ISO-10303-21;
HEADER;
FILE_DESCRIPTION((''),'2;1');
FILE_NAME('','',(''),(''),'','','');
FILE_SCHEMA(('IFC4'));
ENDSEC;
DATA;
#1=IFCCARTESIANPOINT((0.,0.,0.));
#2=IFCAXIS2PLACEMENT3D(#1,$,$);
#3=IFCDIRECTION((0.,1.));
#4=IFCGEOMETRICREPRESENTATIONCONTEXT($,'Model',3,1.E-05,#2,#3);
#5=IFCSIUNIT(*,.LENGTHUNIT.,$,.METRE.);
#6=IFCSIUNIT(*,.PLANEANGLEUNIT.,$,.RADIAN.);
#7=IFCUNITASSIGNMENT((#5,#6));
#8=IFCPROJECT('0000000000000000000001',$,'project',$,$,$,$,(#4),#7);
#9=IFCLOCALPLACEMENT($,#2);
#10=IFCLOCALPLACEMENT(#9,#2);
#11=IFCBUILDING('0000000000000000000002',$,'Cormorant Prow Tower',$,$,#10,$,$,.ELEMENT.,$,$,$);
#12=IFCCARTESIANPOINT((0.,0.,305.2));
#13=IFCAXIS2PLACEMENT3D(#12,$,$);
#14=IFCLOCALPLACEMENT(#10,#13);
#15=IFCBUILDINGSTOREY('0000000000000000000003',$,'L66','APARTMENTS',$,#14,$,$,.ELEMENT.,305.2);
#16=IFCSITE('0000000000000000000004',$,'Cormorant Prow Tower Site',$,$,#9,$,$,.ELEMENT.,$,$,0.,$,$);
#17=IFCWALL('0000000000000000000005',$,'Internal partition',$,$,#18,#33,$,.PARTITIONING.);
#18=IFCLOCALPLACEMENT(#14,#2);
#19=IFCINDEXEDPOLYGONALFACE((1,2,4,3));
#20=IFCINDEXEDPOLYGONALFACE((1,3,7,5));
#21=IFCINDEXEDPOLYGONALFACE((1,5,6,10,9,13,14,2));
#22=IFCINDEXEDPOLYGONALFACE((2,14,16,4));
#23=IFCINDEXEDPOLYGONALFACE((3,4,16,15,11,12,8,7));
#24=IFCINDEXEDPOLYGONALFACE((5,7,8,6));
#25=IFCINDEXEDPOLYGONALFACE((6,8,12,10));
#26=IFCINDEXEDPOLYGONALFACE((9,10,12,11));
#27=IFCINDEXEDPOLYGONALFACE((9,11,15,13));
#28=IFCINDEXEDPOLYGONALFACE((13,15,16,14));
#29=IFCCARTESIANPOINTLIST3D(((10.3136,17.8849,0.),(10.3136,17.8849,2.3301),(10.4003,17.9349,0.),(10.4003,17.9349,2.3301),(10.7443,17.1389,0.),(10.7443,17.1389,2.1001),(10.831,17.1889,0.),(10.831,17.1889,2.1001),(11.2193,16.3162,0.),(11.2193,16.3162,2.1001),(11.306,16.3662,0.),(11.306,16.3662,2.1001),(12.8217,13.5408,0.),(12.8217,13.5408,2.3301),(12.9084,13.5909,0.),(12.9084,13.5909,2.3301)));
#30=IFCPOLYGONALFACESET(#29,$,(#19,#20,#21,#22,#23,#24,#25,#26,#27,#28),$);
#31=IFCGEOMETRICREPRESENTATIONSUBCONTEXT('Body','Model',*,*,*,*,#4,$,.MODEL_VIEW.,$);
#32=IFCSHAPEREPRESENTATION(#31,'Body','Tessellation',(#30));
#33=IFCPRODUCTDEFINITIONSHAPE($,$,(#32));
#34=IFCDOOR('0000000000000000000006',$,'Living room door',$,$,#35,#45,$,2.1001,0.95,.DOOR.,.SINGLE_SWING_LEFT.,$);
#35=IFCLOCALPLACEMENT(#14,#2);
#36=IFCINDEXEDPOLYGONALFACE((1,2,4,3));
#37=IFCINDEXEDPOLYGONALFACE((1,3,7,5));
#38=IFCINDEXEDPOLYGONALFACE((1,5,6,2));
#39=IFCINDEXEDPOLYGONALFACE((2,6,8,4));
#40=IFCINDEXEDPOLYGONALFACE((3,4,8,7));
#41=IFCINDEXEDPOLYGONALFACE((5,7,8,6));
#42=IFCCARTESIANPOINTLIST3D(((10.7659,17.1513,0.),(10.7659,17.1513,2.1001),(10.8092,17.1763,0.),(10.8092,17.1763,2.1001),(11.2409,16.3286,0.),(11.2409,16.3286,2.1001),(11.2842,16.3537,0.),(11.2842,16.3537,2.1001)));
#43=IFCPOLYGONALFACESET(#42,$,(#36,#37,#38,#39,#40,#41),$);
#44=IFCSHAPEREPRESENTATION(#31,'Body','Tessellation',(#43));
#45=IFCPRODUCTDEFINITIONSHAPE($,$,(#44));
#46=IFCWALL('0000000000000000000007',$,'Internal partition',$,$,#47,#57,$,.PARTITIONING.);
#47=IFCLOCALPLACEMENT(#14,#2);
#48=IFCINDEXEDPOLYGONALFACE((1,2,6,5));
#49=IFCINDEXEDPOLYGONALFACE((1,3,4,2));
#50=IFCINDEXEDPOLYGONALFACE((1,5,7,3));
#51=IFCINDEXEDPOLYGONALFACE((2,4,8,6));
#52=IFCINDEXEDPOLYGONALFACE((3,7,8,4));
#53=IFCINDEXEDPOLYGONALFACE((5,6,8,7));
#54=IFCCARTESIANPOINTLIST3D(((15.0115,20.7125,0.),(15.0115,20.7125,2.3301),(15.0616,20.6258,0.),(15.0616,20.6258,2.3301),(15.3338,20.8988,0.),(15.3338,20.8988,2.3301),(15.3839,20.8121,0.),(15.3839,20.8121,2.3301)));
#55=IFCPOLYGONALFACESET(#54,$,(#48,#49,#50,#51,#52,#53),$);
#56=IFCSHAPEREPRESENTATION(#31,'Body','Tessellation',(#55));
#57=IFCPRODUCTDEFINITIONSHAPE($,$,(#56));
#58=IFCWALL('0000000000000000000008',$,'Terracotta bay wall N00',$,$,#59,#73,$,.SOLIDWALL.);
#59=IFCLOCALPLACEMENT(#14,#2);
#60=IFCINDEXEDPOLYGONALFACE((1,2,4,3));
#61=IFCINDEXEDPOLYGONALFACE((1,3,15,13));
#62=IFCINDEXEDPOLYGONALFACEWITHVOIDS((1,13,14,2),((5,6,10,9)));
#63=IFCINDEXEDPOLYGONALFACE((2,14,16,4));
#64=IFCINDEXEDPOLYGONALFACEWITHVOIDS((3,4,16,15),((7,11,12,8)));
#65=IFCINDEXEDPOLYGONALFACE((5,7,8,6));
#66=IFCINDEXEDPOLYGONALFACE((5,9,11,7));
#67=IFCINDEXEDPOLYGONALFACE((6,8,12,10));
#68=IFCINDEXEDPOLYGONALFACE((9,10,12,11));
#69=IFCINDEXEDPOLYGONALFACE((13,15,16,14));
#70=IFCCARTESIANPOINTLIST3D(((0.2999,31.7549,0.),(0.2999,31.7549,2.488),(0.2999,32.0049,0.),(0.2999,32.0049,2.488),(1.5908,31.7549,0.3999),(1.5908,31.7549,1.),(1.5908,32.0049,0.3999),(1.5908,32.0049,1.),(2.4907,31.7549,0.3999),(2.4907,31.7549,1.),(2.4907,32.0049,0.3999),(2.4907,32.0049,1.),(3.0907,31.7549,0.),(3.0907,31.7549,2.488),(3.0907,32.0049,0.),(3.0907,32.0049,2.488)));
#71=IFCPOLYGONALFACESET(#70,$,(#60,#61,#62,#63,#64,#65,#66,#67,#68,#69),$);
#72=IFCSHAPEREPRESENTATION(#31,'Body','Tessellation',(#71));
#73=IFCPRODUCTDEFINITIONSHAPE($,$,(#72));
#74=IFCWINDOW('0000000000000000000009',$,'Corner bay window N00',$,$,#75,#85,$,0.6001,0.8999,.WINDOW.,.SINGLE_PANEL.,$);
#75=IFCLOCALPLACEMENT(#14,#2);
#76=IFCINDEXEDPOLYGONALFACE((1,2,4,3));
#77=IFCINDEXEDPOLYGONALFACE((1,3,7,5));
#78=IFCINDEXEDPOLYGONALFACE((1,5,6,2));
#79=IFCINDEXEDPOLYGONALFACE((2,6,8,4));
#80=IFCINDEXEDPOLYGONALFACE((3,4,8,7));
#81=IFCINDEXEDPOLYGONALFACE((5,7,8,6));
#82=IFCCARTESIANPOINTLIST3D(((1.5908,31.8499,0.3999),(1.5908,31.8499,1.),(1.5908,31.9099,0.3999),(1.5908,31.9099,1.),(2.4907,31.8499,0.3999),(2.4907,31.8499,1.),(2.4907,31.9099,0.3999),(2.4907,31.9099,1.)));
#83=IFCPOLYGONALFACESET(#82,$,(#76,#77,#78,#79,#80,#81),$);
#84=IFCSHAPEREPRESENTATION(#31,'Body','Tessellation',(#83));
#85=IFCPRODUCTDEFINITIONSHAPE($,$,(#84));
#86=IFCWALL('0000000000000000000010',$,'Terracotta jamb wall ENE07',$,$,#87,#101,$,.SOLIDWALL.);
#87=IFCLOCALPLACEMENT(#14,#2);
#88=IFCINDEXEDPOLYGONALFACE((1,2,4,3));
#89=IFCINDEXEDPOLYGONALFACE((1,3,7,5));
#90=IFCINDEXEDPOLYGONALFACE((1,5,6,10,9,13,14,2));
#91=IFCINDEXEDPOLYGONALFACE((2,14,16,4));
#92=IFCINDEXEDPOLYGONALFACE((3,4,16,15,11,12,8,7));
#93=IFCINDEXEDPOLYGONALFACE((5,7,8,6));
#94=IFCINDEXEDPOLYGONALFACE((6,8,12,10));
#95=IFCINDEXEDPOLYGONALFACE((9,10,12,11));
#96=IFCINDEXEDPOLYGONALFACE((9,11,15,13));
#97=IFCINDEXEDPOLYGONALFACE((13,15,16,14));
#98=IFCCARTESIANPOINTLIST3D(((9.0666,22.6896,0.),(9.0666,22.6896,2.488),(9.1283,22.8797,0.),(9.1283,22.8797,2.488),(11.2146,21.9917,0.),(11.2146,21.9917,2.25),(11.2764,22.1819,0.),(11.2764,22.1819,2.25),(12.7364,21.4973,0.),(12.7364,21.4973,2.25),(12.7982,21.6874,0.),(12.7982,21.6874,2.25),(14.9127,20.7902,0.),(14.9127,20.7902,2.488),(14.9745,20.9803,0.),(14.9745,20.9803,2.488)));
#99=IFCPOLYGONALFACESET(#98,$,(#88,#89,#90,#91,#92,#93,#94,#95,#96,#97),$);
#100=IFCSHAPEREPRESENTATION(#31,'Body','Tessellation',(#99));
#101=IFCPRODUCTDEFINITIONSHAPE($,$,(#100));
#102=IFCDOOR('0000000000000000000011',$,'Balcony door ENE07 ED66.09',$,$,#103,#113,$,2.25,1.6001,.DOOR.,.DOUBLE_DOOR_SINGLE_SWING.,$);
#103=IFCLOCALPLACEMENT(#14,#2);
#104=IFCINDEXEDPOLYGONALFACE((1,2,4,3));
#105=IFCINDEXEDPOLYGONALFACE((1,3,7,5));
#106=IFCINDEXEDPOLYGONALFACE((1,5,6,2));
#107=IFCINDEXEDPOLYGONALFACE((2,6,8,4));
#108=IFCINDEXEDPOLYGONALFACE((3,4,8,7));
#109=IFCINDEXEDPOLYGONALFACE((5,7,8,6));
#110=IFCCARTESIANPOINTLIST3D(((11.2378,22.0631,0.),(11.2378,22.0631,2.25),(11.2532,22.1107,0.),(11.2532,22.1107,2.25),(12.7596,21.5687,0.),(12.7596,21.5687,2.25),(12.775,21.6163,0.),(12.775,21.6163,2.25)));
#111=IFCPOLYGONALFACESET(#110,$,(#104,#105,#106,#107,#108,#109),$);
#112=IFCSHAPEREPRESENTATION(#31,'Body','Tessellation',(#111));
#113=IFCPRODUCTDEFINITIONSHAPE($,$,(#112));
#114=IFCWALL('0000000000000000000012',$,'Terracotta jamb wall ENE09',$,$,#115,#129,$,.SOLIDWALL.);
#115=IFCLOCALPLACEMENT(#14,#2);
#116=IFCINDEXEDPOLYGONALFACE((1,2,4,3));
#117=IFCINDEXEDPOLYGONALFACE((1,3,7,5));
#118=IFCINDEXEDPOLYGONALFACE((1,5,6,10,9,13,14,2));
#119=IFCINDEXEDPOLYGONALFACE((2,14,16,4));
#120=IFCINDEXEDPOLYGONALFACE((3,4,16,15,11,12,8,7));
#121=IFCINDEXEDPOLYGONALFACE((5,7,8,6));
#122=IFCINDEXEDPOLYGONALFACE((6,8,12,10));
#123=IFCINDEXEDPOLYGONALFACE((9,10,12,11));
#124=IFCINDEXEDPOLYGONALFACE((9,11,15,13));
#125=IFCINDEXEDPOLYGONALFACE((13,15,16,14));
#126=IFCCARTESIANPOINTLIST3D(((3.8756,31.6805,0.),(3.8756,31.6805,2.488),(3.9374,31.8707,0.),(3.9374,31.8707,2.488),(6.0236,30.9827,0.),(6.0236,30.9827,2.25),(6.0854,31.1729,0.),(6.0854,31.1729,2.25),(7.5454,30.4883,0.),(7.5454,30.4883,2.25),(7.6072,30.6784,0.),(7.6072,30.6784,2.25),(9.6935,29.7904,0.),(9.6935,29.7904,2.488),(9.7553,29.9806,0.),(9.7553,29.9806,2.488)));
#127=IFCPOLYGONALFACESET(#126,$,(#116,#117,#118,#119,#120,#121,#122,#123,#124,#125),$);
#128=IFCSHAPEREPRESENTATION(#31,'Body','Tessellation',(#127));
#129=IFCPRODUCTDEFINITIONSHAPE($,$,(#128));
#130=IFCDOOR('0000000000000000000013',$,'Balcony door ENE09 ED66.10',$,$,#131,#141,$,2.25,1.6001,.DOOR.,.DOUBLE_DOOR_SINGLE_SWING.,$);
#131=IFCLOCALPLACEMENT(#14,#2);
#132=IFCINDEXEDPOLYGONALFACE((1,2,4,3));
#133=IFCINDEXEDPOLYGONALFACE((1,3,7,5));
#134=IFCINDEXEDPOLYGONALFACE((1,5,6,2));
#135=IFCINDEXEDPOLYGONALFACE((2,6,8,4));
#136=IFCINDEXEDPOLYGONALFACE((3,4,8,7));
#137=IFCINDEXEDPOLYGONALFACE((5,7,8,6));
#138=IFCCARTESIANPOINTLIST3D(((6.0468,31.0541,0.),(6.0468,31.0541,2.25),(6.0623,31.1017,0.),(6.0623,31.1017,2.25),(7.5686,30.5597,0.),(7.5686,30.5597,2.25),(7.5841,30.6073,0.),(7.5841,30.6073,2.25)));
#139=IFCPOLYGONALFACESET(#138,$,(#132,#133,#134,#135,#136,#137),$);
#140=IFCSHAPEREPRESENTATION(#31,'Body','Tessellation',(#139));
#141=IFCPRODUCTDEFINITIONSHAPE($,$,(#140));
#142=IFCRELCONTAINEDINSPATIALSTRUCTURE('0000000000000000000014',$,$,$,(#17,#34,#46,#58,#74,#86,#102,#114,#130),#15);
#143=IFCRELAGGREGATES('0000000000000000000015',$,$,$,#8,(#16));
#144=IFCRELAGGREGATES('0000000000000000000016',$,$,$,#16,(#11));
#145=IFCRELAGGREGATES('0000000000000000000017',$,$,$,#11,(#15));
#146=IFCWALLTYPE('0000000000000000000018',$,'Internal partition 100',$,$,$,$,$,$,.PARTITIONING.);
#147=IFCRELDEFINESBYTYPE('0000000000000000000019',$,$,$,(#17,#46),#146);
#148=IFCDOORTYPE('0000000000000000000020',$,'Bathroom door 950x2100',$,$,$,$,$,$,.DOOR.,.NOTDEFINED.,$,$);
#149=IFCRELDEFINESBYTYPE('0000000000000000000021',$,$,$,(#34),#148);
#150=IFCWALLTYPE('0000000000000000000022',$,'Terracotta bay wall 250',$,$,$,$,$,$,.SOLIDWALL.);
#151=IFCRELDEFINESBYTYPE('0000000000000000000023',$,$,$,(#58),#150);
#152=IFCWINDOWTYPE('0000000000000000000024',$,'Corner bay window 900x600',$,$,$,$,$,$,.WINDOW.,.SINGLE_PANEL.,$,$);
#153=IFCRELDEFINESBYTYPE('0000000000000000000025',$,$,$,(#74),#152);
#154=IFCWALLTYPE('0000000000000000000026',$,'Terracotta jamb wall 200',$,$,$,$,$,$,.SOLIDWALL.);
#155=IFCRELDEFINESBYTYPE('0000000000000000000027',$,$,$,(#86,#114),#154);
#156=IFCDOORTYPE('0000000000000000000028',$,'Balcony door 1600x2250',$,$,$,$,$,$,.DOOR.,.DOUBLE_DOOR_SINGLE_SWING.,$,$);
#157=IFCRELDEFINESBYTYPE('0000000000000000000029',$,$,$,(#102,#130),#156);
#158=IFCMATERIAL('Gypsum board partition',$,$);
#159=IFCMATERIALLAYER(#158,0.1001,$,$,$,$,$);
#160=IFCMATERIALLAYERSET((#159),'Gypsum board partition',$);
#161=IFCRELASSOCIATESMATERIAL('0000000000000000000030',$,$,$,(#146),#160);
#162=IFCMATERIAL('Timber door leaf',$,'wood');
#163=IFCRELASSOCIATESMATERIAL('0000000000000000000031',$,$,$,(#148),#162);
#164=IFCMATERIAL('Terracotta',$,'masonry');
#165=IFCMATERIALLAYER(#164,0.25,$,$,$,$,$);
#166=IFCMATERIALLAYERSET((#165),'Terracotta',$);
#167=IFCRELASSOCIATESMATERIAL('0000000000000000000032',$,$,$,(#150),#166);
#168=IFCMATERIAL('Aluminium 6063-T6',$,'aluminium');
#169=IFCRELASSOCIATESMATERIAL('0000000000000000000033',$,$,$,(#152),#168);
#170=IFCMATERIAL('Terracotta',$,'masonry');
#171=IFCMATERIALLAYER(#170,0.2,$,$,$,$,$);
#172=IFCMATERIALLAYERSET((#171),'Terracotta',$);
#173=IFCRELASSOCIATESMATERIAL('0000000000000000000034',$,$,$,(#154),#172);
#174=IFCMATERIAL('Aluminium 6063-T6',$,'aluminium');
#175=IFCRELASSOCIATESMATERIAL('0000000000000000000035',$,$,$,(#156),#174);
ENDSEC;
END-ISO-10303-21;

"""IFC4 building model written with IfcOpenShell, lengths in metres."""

from ifc_helpers import new_model, si_unit, direction, frame, frame_2d, origin, place, context, subcontext, project, spatial, rectangle, extrude, material, layer, layer_set, type_object, element, fill, save


model = new_model("IFC4")

# Units and contexts
model_context = context("Model", 3, precision=1e-05, world=origin(), true_north=direction((0.0, 1.0)))
body_context = subcontext(model_context, "Body", "Model", "MODEL_VIEW")
ifc_project = project(units=[si_unit("LENGTHUNIT", "METRE"), si_unit("PLANEANGLEUNIT", "RADIAN")], contexts=[model_context])

# Site, building, storey
site_placement = place(None, origin())
site = spatial("IfcSite", under=ifc_project, at=site_placement, Name="Cormorant Prow Tower Site", CompositionType="ELEMENT", RefElevation=0.0)
building_placement = place(site_placement, origin())
building = spatial("IfcBuilding", under=site, at=building_placement, Name="Cormorant Prow Tower", CompositionType="ELEMENT")
storey_placement = place(building_placement, frame((0.0, 0.0, 305.2)))
storey = spatial("IfcBuildingStorey", under=building, at=storey_placement, Name="L66", Description="APARTMENTS", CompositionType="ELEMENT", Elevation=305.2)

# Wall, opening, door
ifc_material_1 = material(Name="Gypsum board partition")
ifc_layer_1 = layer(ifc_material_1, 0.1001)
ifc_layer_set_1 = layer_set([ifc_layer_1], Name="Gypsum board partition")
wall_type_1 = type_object("IfcWallType", Name="Internal partition 100", PredefinedType="PARTITIONING", material=ifc_layer_set_1)
ifc_material_2 = material(Name="Timber door leaf", Category="wood")
door_type_1 = type_object("IfcDoorType", Name="Bathroom door 950x2100", OperationType="NOTDEFINED", PredefinedType="DOOR", material=ifc_material_2)
wall_1_placement = place(storey_placement, frame((10.3569, 17.9099, 0.0), z_axis=(0.0, 0.0, 1.0), x_axis=(0.500008, -0.866021, 0.0)))
wall_1 = element("IfcWall", 1, at=wall_1_placement, inside=storey, type_object=wall_type_1, Name="Internal partition", PredefinedType="PARTITIONING", context=body_context, shape_type="SweptSolid", body=[
    extrude(rectangle(XDim=5.0161, YDim=0.1001, at=frame_2d((2.5081, 0.0))), origin(), (0.0, 0.0, 1.0), 2.3301),
])
opening_1_placement = place(wall_1_placement, frame((0.8613, 0.0, 0.0)))
opening_1 = element("IfcOpeningElement", 2, at=opening_1_placement, cuts=wall_1, PredefinedType="OPENING", context=body_context, shape_type="SweptSolid", body=[
    extrude(rectangle(XDim=0.95, YDim=2.1001, at=frame_2d((0.4751, 1.05))), frame((0.0, 0.0601, 0.0), z_axis=(0.0, -1.0, 0.0), x_axis=(1.0, 0.0, 0.0)), (0.0, 0.0, 1.0), 0.1201),
])
door_1_placement = place(opening_1_placement, origin())
door_1 = element("IfcDoor", 3, at=door_1_placement, inside=storey, type_object=door_type_1, Name="Living room door", OperationType="SINGLE_SWING_LEFT", OverallHeight=2.1001, OverallWidth=0.95, PredefinedType="DOOR", context=body_context, shape_type="SweptSolid", body=[
    extrude(rectangle(XDim=0.95, YDim=2.1001, at=frame_2d((0.4751, 1.05))), frame((0.0, 0.0249, 0.0), z_axis=(0.0, -1.0, 0.0), x_axis=(1.0, 0.0, 0.0)), (0.0, 0.0, 1.0), 0.05),
])
fill(opening_1, door_1)

# Wall
wall_2_placement = place(storey_placement, frame((15.0366, 20.6692, 0.0), z_axis=(0.0, 0.0, 1.0), x_axis=(0.86577, 0.500441, 0.0)))
element("IfcWall", 4, at=wall_2_placement, inside=storey, type_object=wall_type_1, Name="Internal partition", PredefinedType="PARTITIONING", context=body_context, shape_type="SweptSolid", body=[
    extrude(rectangle(XDim=0.3723, YDim=0.1001, at=frame_2d((0.186, 0.0))), origin(), (0.0, 0.0, 1.0), 2.3301),
])

# Wall, opening, window
ifc_material_3 = material(Name="Terracotta", Category="masonry")
ifc_layer_2 = layer(ifc_material_3, 0.25)
ifc_layer_set_2 = layer_set([ifc_layer_2], Name="Terracotta")
wall_type_2 = type_object("IfcWallType", Name="Terracotta bay wall 250", PredefinedType="SOLIDWALL", material=ifc_layer_set_2)
wall_3_placement = place(storey_placement, frame((3.0908, 31.8799, 0.0), z_axis=(0.0, 0.0, 1.0), x_axis=(-1.0, 0.0, 0.0)))
wall_3 = element("IfcWall", 5, at=wall_3_placement, inside=storey, type_object=wall_type_2, Name="Terracotta bay wall N00", PredefinedType="SOLIDWALL", context=body_context, shape_type="SweptSolid", body=[
    extrude(rectangle(XDim=2.7908, YDim=0.25, at=frame_2d((1.3955, 0.0))), origin(), (0.0, 0.0, 1.0), 2.488),
])
opening_2_placement = place(wall_3_placement, frame((0.6001, 0.0, 0.3999)))
opening_2 = element("IfcOpeningElement", 6, at=opening_2_placement, cuts=wall_3, PredefinedType="OPENING", context=body_context, shape_type="SweptSolid", body=[
    extrude(rectangle(XDim=0.8999, YDim=0.6001, at=frame_2d((0.45, 0.3))), frame((0.0, 0.135, 0.0), z_axis=(0.0, -1.0, 0.0), x_axis=(1.0, 0.0, 0.0)), (0.0, 0.0, 1.0), 0.27),
])
ifc_material_4 = material(Name="Aluminium 6063-T6", Category="aluminium")
window_type = type_object("IfcWindowType", Name="Corner bay window 900x600", PartitioningType="SINGLE_PANEL", PredefinedType="WINDOW", material=ifc_material_4)
window_placement = place(opening_2_placement, origin())
window = element("IfcWindow", 7, at=window_placement, inside=storey, type_object=window_type, Name="Corner bay window N00", OverallHeight=0.6001, OverallWidth=0.8999, PartitioningType="SINGLE_PANEL", PredefinedType="WINDOW", context=body_context, shape_type="SweptSolid", body=[
    extrude(rectangle(XDim=0.8999, YDim=0.6001, at=frame_2d((0.45, 0.3))), frame((0.0, 0.03, 0.0), z_axis=(0.0, -1.0, 0.0), x_axis=(1.0, 0.0, 0.0)), (0.0, 0.0, 1.0), 0.0601),
])
fill(opening_2, window)

# Walls, openings, doors
ifc_material_5 = material(Name="Terracotta", Category="masonry")
ifc_layer_3 = layer(ifc_material_5, 0.2)
ifc_layer_set_3 = layer_set([ifc_layer_3], Name="Terracotta")
wall_type_3 = type_object("IfcWallType", Name="Terracotta jamb wall 200", PredefinedType="SOLIDWALL", material=ifc_layer_set_3)
wall_4_placement = place(storey_placement, frame((14.9436, 20.8853, 0.0), z_axis=(0.0, 0.0, 1.0), x_axis=(-0.951063, 0.308998, 0.0)))
wall_4 = element("IfcWall", 8, at=wall_4_placement, inside=storey, type_object=wall_type_3, Name="Terracotta jamb wall ENE07", PredefinedType="SOLIDWALL", context=body_context, shape_type="SweptSolid", body=[
    extrude(rectangle(XDim=6.147, YDim=0.2, at=frame_2d((3.0735, 0.0))), origin(), (0.0, 0.0, 1.0), 2.488),
])
opening_3_placement = place(wall_4_placement, frame((2.2883, 0.0, 0.0)))
opening_3 = element("IfcOpeningElement", 9, at=opening_3_placement, cuts=wall_4, PredefinedType="OPENING", context=body_context, shape_type="SweptSolid", body=[
    extrude(rectangle(XDim=1.6001, YDim=2.25, at=frame_2d((0.8, 1.125))), frame((0.0, 0.1099, 0.0), z_axis=(0.0, -1.0, 0.0), x_axis=(1.0, 0.0, 0.0)), (0.0, 0.0, 1.0), 0.22),
])
ifc_material_6 = material(Name="Aluminium 6063-T6", Category="aluminium")
door_type_2 = type_object("IfcDoorType", Name="Balcony door 1600x2250", OperationType="DOUBLE_DOOR_SINGLE_SWING", PredefinedType="DOOR", material=ifc_material_6)
door_2_placement = place(opening_3_placement, origin())
door_2 = element("IfcDoor", 10, at=door_2_placement, inside=storey, type_object=door_type_2, Name="Balcony door ENE07 ED66.09", OperationType="DOUBLE_DOOR_SINGLE_SWING", OverallHeight=2.25, OverallWidth=1.6001, PredefinedType="DOOR", context=body_context, shape_type="SweptSolid", body=[
    extrude(rectangle(XDim=1.6001, YDim=2.25, at=frame_2d((0.8, 1.125))), frame((0.0, 0.0249, 0.0), z_axis=(0.0, -1.0, 0.0), x_axis=(1.0, 0.0, 0.0)), (0.0, 0.0, 1.0), 0.05),
])
fill(opening_3, door_2)
wall_5_placement = place(storey_placement, frame((9.7244, 29.8855, 0.0), z_axis=(0.0, 0.0, 1.0), x_axis=(-0.951066, 0.308987, 0.0)))
wall_5 = element("IfcWall", 11, at=wall_5_placement, inside=storey, type_object=wall_type_3, Name="Terracotta jamb wall ENE09", PredefinedType="SOLIDWALL", context=body_context, shape_type="SweptSolid", body=[
    extrude(rectangle(XDim=6.1172, YDim=0.2, at=frame_2d((3.0586, 0.0))), origin(), (0.0, 0.0, 1.0), 2.488),
])
opening_4_placement = place(wall_5_placement, frame((2.2585, 0.0, 0.0)))
opening_4 = element("IfcOpeningElement", 12, at=opening_4_placement, cuts=wall_5, PredefinedType="OPENING", context=body_context, shape_type="SweptSolid", body=[
    extrude(rectangle(XDim=1.6001, YDim=2.25, at=frame_2d((0.8, 1.125))), frame((0.0, 0.1099, 0.0), z_axis=(0.0, -1.0, 0.0), x_axis=(1.0, 0.0, 0.0)), (0.0, 0.0, 1.0), 0.22),
])
door_3_placement = place(opening_4_placement, origin())
door_3 = element("IfcDoor", 13, at=door_3_placement, inside=storey, type_object=door_type_2, Name="Balcony door ENE09 ED66.10", OperationType="DOUBLE_DOOR_SINGLE_SWING", OverallHeight=2.25, OverallWidth=1.6001, PredefinedType="DOOR", context=body_context, shape_type="SweptSolid", body=[
    extrude(rectangle(XDim=1.6001, YDim=2.25, at=frame_2d((0.8, 1.125))), frame((0.0, 0.0249, 0.0), z_axis=(0.0, -1.0, 0.0), x_axis=(1.0, 0.0, 0.0)), (0.0, 0.0, 1.0), 0.05),
])
fill(opening_4, door_3)

save(model, "model.ifc")
